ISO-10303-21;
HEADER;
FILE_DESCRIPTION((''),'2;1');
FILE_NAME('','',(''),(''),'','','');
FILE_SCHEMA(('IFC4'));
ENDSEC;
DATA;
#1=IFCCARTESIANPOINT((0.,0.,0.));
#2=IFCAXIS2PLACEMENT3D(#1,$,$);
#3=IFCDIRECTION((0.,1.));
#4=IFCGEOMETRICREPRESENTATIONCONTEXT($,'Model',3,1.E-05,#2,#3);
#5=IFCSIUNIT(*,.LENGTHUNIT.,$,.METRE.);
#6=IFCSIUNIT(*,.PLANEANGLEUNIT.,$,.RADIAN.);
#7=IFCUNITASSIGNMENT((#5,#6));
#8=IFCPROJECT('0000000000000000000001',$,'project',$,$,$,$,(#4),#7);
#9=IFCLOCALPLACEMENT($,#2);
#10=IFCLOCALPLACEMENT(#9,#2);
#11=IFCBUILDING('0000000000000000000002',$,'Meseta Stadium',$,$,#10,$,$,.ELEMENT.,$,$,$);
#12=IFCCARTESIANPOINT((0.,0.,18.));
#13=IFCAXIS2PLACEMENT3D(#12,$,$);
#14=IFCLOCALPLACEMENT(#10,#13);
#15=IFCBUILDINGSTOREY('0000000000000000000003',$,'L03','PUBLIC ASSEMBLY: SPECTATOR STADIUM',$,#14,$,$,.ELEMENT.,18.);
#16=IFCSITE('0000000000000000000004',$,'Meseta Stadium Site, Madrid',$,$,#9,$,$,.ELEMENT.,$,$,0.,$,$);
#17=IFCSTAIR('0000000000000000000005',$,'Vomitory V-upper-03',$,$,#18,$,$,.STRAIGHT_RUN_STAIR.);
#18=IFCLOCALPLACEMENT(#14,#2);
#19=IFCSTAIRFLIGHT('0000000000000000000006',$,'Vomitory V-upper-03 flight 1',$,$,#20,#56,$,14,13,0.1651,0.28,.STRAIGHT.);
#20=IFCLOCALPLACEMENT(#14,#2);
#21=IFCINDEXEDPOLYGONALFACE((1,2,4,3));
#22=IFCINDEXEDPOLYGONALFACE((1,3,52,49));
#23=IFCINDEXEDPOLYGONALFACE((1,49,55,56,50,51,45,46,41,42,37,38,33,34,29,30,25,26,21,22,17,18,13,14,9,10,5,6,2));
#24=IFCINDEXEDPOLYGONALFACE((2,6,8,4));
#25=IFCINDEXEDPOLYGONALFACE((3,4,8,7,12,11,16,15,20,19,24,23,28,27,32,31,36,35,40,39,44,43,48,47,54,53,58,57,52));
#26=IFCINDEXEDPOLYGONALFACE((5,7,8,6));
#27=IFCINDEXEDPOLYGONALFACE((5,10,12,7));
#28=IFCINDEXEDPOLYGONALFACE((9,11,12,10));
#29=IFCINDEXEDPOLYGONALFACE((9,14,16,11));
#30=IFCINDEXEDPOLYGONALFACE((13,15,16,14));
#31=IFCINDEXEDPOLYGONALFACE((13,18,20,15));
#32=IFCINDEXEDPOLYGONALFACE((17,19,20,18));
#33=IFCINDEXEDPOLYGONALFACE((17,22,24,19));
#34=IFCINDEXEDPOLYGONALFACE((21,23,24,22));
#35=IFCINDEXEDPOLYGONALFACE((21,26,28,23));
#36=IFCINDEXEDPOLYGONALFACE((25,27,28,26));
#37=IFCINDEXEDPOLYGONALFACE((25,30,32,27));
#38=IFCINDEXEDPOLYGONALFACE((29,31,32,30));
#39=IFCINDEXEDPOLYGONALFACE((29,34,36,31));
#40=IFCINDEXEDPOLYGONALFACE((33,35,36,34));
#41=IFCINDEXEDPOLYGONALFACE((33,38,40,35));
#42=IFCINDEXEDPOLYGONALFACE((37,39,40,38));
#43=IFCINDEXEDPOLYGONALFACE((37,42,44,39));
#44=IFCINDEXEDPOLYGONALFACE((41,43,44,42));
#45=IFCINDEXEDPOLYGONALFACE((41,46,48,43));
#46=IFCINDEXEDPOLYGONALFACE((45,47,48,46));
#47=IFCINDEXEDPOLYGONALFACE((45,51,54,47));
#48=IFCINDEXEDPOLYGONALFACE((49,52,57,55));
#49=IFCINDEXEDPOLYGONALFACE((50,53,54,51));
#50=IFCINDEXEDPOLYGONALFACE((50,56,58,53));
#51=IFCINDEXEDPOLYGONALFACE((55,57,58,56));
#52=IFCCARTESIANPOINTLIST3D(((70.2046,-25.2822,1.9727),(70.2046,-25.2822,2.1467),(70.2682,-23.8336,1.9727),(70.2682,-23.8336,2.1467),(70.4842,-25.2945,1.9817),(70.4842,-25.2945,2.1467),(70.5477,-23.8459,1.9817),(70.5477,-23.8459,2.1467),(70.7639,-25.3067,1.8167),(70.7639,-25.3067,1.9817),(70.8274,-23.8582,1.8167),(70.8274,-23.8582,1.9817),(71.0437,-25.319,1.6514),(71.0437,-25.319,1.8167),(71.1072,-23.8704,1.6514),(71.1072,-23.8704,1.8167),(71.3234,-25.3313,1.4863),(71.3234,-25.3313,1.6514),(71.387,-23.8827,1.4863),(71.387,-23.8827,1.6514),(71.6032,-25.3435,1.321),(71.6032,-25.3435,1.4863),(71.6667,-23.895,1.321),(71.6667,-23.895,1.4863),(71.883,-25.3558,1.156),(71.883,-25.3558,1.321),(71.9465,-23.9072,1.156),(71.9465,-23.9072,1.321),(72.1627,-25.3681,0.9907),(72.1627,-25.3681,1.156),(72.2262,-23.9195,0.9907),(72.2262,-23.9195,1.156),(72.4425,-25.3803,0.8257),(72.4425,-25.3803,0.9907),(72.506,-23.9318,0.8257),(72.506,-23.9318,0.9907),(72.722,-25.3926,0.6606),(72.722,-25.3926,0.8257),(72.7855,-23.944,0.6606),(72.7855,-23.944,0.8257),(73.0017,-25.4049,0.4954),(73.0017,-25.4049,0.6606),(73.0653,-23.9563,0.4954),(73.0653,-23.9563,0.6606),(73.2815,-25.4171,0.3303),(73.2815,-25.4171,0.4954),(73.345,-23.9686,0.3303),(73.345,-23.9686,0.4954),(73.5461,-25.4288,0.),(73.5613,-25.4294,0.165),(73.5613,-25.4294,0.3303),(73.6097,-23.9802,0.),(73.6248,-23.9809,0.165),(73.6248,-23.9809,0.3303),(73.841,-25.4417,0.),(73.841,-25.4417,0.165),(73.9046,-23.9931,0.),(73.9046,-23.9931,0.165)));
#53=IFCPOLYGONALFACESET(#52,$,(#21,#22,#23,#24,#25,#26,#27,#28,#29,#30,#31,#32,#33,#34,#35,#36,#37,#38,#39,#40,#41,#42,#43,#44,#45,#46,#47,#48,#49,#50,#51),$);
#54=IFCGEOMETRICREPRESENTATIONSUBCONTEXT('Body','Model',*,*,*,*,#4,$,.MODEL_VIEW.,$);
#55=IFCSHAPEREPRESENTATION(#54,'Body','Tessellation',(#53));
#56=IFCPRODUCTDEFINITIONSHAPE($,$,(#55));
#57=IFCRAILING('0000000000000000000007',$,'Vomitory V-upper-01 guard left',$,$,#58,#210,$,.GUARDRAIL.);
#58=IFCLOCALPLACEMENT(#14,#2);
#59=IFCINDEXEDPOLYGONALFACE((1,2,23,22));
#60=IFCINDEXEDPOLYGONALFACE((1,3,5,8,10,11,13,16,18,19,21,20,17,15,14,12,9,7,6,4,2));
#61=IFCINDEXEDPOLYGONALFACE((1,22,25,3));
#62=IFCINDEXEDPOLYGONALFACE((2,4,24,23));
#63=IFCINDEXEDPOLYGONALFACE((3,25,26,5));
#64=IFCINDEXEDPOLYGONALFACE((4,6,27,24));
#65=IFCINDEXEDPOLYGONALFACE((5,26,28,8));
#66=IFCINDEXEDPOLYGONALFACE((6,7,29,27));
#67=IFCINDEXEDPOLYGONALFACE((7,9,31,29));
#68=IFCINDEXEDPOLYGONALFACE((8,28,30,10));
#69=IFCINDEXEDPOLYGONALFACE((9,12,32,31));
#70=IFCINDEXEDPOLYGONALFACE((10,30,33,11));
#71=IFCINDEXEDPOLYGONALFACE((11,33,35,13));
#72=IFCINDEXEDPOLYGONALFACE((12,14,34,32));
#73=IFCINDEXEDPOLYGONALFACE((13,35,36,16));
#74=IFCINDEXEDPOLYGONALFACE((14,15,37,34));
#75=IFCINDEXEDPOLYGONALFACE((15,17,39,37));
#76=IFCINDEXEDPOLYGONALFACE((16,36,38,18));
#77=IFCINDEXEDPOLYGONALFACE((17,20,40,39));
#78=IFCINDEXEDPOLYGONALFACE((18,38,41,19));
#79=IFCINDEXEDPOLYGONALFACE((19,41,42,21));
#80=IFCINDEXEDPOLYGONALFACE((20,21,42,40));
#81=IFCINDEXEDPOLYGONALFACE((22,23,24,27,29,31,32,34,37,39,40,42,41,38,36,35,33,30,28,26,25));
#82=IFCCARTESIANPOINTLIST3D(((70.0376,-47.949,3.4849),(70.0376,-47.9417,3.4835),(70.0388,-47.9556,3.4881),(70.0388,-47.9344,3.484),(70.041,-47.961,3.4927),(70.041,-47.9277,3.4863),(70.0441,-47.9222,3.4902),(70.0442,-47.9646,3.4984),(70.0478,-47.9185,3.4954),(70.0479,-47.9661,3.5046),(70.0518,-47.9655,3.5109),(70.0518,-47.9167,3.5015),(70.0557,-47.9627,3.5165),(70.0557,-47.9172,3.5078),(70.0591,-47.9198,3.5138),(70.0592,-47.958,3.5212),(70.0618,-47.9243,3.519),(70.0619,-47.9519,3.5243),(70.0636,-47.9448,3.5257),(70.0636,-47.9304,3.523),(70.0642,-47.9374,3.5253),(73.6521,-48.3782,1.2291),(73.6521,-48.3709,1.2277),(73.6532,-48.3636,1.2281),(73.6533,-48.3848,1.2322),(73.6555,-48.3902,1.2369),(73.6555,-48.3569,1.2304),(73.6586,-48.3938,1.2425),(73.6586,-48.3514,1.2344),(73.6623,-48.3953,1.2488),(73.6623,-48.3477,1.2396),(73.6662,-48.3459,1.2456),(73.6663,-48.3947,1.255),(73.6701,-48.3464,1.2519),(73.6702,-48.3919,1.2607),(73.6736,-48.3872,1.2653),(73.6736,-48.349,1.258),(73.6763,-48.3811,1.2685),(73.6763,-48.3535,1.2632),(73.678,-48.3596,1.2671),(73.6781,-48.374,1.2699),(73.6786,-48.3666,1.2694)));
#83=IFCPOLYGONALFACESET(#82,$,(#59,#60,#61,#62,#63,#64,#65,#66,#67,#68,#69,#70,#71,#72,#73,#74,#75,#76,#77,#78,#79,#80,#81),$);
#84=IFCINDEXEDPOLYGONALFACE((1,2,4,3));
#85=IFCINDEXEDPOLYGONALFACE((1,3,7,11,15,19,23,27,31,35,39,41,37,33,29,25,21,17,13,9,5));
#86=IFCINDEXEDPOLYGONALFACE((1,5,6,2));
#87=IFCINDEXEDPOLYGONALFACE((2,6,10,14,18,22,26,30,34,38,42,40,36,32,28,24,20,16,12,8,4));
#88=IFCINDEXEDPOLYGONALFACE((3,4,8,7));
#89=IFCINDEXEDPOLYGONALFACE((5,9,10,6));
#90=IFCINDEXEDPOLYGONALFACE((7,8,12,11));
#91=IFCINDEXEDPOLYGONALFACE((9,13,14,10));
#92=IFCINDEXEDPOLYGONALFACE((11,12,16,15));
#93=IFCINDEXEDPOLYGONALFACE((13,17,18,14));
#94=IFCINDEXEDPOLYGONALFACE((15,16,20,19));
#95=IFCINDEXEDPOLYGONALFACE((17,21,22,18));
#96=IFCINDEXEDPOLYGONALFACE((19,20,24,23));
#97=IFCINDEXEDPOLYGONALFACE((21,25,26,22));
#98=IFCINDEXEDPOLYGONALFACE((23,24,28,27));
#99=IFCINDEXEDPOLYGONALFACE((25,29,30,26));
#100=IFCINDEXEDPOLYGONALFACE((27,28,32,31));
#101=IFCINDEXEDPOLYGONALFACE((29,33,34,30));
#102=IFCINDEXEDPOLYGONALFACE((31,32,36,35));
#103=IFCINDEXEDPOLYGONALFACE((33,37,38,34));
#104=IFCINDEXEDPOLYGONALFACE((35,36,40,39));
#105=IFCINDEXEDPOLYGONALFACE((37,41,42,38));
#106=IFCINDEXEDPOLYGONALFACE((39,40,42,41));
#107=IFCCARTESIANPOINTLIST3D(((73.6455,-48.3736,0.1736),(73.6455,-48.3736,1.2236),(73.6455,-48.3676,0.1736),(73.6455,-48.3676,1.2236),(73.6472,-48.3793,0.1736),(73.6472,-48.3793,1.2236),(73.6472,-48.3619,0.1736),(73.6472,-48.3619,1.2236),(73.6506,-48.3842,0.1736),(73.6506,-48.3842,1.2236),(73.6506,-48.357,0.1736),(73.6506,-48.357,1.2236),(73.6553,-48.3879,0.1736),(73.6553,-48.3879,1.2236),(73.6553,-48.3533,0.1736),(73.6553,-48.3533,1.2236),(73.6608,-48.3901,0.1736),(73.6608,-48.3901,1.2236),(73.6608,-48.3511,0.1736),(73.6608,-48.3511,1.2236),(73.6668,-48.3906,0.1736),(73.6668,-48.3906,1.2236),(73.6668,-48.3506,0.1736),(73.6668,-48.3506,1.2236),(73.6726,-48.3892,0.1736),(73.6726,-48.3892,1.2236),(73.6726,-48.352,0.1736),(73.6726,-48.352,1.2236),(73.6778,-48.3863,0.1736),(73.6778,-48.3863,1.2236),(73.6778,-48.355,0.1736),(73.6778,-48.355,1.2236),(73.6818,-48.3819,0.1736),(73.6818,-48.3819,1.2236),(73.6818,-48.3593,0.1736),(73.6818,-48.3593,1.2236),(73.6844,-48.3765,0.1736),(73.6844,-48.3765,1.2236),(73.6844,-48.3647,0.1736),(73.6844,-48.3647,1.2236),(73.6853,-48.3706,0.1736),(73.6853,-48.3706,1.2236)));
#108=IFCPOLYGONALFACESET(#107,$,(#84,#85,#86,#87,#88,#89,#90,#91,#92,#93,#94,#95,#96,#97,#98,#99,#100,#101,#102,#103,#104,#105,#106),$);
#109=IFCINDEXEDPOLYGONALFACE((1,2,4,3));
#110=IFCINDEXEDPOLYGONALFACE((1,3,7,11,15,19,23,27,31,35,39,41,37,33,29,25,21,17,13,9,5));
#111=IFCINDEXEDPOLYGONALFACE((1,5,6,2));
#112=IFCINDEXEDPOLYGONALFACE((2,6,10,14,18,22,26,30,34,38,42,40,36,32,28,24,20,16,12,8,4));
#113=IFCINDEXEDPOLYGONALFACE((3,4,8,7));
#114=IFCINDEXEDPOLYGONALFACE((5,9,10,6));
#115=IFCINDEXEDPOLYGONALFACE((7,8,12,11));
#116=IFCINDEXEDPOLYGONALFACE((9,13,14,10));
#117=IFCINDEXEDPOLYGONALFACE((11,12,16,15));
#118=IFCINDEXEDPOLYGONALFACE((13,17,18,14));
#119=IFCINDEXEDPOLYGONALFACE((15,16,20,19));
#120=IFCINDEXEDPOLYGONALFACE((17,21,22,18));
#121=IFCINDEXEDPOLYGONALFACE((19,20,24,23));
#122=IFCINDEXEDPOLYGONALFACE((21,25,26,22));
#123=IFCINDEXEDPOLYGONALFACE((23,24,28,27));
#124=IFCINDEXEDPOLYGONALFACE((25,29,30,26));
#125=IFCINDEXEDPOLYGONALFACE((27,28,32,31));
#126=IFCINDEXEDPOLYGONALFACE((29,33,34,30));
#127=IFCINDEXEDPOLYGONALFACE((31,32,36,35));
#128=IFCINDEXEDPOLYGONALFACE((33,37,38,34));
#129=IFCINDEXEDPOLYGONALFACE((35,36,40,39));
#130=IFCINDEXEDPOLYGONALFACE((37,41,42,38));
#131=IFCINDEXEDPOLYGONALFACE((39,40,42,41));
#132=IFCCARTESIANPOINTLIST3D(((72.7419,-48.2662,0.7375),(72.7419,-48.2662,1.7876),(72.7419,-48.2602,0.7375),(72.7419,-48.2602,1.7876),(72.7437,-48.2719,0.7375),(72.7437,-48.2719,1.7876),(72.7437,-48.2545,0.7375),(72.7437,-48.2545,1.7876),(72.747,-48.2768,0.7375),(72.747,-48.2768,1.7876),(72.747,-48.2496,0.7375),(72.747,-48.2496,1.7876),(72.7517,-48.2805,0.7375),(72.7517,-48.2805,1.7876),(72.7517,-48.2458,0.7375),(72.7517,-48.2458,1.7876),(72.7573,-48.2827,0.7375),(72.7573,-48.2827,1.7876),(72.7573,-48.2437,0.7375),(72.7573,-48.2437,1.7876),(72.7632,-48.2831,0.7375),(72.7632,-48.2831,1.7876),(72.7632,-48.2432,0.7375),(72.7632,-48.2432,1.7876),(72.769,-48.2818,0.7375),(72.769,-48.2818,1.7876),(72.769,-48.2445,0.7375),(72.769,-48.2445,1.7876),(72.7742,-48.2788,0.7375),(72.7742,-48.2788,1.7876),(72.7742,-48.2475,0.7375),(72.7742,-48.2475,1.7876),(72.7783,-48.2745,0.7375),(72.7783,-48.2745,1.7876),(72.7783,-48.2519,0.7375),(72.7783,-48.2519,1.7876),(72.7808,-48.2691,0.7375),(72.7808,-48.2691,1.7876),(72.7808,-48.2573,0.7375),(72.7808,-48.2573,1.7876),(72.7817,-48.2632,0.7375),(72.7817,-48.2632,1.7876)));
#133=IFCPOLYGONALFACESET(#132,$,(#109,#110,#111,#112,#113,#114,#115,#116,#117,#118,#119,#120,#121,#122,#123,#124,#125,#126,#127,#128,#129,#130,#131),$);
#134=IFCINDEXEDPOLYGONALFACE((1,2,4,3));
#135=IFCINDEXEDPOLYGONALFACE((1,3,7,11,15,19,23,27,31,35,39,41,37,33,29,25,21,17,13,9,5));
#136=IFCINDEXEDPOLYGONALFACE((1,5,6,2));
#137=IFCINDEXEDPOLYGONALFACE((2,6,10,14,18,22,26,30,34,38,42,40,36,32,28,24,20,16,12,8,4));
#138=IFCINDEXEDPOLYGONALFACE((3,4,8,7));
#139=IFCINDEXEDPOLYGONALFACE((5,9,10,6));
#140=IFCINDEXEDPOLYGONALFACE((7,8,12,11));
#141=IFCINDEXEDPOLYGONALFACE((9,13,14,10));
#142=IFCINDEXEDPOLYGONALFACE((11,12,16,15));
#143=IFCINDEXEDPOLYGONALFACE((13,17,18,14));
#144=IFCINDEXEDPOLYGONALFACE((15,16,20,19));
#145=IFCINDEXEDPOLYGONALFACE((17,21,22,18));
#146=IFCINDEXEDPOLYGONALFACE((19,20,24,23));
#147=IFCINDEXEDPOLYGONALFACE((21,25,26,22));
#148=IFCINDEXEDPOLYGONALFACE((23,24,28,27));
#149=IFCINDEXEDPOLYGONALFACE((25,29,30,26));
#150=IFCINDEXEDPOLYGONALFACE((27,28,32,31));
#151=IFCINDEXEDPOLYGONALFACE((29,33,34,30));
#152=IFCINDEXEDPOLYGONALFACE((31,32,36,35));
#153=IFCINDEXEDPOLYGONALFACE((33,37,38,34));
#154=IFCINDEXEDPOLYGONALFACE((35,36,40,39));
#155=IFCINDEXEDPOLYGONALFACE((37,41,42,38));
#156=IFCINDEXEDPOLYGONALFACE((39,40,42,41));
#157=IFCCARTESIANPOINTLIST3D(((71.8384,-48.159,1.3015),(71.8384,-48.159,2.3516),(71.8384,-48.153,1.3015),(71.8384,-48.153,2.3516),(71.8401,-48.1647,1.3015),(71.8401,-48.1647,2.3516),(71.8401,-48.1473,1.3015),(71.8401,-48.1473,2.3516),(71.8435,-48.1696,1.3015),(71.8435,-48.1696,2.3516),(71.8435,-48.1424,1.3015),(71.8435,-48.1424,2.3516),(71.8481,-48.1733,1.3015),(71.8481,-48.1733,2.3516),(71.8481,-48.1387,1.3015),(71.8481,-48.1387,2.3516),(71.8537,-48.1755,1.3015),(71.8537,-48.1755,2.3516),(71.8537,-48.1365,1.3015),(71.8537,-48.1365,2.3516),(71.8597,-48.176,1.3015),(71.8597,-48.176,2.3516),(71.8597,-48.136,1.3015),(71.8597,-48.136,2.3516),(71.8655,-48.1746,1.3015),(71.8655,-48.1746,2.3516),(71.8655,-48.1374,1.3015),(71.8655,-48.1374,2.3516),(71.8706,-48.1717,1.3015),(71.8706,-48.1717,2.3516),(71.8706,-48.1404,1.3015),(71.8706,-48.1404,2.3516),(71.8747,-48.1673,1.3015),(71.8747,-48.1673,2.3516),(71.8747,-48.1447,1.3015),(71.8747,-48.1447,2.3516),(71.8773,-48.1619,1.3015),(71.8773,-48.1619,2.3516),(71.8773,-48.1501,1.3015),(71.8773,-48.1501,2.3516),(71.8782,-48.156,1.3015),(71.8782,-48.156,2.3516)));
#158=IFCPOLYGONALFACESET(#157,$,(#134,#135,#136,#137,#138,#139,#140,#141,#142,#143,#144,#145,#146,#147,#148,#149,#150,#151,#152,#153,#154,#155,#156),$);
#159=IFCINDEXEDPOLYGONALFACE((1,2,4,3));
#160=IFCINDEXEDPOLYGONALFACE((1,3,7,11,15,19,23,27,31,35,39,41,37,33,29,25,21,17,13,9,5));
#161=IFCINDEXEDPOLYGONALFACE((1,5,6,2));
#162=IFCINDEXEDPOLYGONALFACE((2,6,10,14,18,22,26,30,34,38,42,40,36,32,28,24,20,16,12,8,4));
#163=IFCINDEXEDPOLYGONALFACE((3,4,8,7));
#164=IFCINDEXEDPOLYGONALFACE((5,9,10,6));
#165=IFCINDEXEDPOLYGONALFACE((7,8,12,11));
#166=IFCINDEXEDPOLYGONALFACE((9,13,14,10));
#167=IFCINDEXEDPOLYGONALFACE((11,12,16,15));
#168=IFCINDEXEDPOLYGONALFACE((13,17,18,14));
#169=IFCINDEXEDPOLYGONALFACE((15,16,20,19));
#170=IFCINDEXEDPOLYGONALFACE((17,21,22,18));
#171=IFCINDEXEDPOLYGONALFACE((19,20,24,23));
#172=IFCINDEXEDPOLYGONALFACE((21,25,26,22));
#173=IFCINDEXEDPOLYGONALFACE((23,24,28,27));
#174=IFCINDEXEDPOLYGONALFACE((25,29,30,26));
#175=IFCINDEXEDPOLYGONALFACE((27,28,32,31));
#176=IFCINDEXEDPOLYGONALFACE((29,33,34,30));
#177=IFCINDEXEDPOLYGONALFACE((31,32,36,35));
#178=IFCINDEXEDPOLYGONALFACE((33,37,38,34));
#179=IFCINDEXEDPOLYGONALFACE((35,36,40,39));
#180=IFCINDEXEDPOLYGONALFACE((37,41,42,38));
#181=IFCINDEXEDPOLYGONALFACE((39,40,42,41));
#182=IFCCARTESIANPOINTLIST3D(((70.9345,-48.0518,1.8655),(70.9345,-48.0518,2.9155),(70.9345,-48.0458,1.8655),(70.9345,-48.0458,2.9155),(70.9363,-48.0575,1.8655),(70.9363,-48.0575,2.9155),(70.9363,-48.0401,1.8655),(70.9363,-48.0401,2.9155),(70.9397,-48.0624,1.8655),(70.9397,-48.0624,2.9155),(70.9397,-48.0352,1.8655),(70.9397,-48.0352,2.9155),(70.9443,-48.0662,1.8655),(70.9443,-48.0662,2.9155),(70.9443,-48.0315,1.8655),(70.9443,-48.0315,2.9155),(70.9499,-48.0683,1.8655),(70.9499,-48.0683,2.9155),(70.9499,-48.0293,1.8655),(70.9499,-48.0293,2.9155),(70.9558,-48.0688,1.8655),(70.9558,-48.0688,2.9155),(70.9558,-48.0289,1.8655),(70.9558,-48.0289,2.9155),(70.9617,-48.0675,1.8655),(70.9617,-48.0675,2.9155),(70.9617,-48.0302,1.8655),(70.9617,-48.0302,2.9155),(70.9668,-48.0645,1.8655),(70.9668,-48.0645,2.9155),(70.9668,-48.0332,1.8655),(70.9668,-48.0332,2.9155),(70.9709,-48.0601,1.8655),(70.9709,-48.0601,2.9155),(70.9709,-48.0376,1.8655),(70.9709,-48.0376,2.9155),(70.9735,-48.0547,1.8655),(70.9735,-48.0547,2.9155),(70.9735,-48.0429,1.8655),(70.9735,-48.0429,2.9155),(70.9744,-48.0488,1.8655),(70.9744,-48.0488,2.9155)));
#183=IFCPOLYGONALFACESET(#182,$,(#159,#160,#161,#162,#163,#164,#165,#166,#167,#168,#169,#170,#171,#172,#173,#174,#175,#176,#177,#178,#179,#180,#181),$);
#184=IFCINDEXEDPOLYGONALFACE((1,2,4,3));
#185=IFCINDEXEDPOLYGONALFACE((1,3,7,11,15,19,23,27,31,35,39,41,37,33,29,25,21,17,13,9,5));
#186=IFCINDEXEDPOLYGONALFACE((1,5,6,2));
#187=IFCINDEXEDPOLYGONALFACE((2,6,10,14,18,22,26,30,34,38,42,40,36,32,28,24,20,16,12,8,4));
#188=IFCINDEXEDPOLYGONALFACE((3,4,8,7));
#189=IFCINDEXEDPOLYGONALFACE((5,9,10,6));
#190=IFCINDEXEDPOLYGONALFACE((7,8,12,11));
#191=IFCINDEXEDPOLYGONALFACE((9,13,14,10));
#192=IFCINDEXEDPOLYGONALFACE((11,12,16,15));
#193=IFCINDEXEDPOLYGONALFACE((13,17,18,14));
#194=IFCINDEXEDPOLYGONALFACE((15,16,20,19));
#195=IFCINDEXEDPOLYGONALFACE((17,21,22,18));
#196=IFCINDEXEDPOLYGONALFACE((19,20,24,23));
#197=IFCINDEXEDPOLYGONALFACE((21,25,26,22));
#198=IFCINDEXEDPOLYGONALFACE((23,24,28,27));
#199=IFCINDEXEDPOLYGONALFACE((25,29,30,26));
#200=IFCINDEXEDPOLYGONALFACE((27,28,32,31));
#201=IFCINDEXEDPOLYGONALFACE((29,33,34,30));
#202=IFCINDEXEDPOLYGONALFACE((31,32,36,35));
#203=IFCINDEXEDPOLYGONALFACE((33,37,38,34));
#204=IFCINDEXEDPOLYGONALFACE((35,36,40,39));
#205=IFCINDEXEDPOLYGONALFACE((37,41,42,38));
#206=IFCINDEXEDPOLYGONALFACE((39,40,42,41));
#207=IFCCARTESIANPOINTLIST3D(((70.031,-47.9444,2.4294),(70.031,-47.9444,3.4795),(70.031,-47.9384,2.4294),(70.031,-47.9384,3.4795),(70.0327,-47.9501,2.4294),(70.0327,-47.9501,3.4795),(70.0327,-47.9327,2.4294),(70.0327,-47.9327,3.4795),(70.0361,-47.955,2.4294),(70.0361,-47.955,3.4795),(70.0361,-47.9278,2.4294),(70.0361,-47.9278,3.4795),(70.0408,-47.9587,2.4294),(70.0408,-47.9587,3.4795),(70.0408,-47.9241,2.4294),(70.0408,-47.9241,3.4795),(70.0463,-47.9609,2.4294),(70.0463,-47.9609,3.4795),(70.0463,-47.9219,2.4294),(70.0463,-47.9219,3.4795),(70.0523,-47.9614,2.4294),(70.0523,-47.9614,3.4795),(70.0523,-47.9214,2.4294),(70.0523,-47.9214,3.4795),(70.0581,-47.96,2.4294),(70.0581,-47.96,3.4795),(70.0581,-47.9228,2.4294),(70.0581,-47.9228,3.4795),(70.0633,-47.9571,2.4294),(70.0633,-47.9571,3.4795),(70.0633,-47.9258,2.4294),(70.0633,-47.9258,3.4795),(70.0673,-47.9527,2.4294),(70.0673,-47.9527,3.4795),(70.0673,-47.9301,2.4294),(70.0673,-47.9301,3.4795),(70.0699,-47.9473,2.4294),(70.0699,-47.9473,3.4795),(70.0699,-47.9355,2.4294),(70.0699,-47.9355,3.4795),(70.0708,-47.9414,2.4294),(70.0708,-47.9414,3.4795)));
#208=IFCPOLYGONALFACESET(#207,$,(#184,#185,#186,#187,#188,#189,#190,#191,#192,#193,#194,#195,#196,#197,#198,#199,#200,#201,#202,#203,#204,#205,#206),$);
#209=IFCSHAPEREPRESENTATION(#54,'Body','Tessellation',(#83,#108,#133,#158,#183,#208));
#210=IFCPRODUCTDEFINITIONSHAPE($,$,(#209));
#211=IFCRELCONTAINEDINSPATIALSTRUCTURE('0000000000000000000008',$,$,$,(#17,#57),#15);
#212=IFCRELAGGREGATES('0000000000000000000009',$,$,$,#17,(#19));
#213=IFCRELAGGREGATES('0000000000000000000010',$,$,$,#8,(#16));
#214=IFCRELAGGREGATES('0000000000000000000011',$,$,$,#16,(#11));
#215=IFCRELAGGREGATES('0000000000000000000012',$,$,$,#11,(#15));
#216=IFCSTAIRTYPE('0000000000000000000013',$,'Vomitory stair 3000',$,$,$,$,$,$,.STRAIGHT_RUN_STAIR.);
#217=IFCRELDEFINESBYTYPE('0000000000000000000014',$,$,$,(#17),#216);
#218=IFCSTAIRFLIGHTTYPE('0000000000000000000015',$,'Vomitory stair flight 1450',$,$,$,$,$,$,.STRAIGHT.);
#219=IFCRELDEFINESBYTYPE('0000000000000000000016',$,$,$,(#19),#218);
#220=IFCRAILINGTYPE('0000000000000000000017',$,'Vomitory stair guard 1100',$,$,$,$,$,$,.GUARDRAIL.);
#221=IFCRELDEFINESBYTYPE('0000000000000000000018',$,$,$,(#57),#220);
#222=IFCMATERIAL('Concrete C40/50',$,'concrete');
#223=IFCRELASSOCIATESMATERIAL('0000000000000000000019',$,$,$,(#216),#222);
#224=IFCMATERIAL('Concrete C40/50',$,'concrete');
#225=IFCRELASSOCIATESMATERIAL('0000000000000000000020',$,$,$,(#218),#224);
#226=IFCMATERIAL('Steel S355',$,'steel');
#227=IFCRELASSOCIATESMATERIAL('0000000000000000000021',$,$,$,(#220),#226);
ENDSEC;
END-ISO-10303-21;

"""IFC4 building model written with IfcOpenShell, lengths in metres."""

from ifc_helpers import new_model, si_unit, direction, frame, origin, origin_2d, place, context, subcontext, project, spatial, polyline, circle, outline, extrude, material, type_object, element, aggregate, save


model = new_model("IFC4")

# Units and contexts
model_context = context("Model", 3, precision=1e-05, world=origin(), true_north=direction((0.0, 1.0)))
body_context = subcontext(model_context, "Body", "Model", "MODEL_VIEW")
ifc_project = project(units=[si_unit("LENGTHUNIT", "METRE"), si_unit("PLANEANGLEUNIT", "RADIAN")], contexts=[model_context])

# Site, building, storey
site_placement = place(None, origin())
site = spatial("IfcSite", under=ifc_project, at=site_placement, Name="Meseta Stadium Site, Madrid", CompositionType="ELEMENT", RefElevation=0.0)
building_placement = place(site_placement, origin())
building = spatial("IfcBuilding", under=site, at=building_placement, Name="Meseta Stadium", CompositionType="ELEMENT")
storey_placement = place(building_placement, frame((0.0, 0.0, 18.0)))
storey = spatial("IfcBuildingStorey", under=building, at=storey_placement, Name="L03", Description="PUBLIC ASSEMBLY: SPECTATOR STADIUM", CompositionType="ELEMENT", Elevation=18.0)

# Shared definitions
ifc_material_1 = material(Name="Concrete C40/50", Category="concrete")
stair_type = type_object("IfcStairType", Name="Vomitory stair 3000", PredefinedType="STRAIGHT_RUN_STAIR", material=ifc_material_1)
ifc_material_2 = material(Name="Concrete C40/50", Category="concrete")
stair_flight_type = type_object("IfcStairFlightType", Name="Vomitory stair flight 1450", PredefinedType="STRAIGHT", material=ifc_material_2)

# Stair, stair flight
stair_1_placement = place(storey_placement, origin())
stair_1 = element("IfcStair", 1, at=stair_1_placement, inside=storey, type_object=stair_type, Name="Vomitory V-upper-03", PredefinedType="STRAIGHT_RUN_STAIR")
stair_flight_1_placement = place(storey_placement, frame((73.8728, -24.7173, 0.0), z_axis=(0.0, 0.0, 1.0), x_axis=(-0.99904, 0.043818, 0.0)))
stair_flight_1 = element("IfcStairFlight", 2, at=stair_flight_1_placement, type_object=stair_flight_type, Name="Vomitory V-upper-03 flight 1", NumberOfRisers=14, NumberOfTreads=13, PredefinedType="STRAIGHT", RiserHeight=0.1651, TreadLength=0.28, context=body_context, shape_type="SweptSolid", body=[
    extrude(outline(polyline([(0.0, 0.0), (0.0, 0.165), (0.28, 0.165), (0.28, 0.3303), (0.5601, 0.3303), (0.5601, 0.4954), (0.8401, 0.4954), (0.8401, 0.6606), (1.1201, 0.6606), (1.1201, 0.8257), (1.3999, 0.8257), (1.3999, 0.9907), (1.6799, 0.9907), (1.6799, 1.156), (1.96, 1.156), (1.96, 1.321), (2.24, 1.321), (2.24, 1.4863), (2.52, 1.4863), (2.52, 1.6514), (2.8, 1.6514), (2.8, 1.8167), (3.0801, 1.8167), (3.0801, 1.9817), (3.3601, 1.9817), (3.3601, 2.1467), (3.6399, 2.1467), (3.6399, 1.9727), (0.2952, 0.0), (0.0, 0.0)])), frame((0.0, 0.7251, 0.0), z_axis=(0.0, -1.0, 0.0), x_axis=(1.0, 0.0, 0.0)), (0.0, 0.0, 1.0), 1.45),
])
aggregate(stair_1, [stair_flight_1])

# Railing
ifc_material_3 = material(Name="Steel S355", Category="steel")
railing_type_1 = type_object("IfcRailingType", Name="Vomitory stair guard 1100", PredefinedType="GUARDRAIL", material=ifc_material_3)
railing_1_placement = place(storey_placement, frame((73.6653, -48.3706, 0.1736)))
element("IfcRailing", 3, at=railing_1_placement, inside=storey, type_object=railing_type_1, Name="Vomitory V-upper-01 guard left", PredefinedType="GUARDRAIL", context=body_context, shape_type="SweptSolid", body=[
    extrude(circle(Radius=0.0249, at=origin_2d()), frame((0.0, 0.0, 1.0752), z_axis=(-0.844064, 0.100227, 0.526792), x_axis=(-0.117915, -0.993024, 0.0)), (0.0, 0.0, 1.0), 4.2822),
    extrude(circle(Radius=0.02, at=origin_2d()), origin(), (0.0, 0.0, 1.0), 1.05),
    extrude(circle(Radius=0.02, at=origin_2d()), frame((-0.9036, 0.1074, 0.564)), (0.0, 0.0, 1.0), 1.05),
    extrude(circle(Radius=0.02, at=origin_2d()), frame((-1.8071, 0.2146, 1.1279)), (0.0, 0.0, 1.0), 1.05),
    extrude(circle(Radius=0.02, at=origin_2d()), frame((-2.7109, 0.3218, 1.6919)), (0.0, 0.0, 1.0), 1.05),
    extrude(circle(Radius=0.02, at=origin_2d()), frame((-3.6145, 0.4292, 2.2559)), (0.0, 0.0, 1.0), 1.05),
])

save(model, "model.ifc")
